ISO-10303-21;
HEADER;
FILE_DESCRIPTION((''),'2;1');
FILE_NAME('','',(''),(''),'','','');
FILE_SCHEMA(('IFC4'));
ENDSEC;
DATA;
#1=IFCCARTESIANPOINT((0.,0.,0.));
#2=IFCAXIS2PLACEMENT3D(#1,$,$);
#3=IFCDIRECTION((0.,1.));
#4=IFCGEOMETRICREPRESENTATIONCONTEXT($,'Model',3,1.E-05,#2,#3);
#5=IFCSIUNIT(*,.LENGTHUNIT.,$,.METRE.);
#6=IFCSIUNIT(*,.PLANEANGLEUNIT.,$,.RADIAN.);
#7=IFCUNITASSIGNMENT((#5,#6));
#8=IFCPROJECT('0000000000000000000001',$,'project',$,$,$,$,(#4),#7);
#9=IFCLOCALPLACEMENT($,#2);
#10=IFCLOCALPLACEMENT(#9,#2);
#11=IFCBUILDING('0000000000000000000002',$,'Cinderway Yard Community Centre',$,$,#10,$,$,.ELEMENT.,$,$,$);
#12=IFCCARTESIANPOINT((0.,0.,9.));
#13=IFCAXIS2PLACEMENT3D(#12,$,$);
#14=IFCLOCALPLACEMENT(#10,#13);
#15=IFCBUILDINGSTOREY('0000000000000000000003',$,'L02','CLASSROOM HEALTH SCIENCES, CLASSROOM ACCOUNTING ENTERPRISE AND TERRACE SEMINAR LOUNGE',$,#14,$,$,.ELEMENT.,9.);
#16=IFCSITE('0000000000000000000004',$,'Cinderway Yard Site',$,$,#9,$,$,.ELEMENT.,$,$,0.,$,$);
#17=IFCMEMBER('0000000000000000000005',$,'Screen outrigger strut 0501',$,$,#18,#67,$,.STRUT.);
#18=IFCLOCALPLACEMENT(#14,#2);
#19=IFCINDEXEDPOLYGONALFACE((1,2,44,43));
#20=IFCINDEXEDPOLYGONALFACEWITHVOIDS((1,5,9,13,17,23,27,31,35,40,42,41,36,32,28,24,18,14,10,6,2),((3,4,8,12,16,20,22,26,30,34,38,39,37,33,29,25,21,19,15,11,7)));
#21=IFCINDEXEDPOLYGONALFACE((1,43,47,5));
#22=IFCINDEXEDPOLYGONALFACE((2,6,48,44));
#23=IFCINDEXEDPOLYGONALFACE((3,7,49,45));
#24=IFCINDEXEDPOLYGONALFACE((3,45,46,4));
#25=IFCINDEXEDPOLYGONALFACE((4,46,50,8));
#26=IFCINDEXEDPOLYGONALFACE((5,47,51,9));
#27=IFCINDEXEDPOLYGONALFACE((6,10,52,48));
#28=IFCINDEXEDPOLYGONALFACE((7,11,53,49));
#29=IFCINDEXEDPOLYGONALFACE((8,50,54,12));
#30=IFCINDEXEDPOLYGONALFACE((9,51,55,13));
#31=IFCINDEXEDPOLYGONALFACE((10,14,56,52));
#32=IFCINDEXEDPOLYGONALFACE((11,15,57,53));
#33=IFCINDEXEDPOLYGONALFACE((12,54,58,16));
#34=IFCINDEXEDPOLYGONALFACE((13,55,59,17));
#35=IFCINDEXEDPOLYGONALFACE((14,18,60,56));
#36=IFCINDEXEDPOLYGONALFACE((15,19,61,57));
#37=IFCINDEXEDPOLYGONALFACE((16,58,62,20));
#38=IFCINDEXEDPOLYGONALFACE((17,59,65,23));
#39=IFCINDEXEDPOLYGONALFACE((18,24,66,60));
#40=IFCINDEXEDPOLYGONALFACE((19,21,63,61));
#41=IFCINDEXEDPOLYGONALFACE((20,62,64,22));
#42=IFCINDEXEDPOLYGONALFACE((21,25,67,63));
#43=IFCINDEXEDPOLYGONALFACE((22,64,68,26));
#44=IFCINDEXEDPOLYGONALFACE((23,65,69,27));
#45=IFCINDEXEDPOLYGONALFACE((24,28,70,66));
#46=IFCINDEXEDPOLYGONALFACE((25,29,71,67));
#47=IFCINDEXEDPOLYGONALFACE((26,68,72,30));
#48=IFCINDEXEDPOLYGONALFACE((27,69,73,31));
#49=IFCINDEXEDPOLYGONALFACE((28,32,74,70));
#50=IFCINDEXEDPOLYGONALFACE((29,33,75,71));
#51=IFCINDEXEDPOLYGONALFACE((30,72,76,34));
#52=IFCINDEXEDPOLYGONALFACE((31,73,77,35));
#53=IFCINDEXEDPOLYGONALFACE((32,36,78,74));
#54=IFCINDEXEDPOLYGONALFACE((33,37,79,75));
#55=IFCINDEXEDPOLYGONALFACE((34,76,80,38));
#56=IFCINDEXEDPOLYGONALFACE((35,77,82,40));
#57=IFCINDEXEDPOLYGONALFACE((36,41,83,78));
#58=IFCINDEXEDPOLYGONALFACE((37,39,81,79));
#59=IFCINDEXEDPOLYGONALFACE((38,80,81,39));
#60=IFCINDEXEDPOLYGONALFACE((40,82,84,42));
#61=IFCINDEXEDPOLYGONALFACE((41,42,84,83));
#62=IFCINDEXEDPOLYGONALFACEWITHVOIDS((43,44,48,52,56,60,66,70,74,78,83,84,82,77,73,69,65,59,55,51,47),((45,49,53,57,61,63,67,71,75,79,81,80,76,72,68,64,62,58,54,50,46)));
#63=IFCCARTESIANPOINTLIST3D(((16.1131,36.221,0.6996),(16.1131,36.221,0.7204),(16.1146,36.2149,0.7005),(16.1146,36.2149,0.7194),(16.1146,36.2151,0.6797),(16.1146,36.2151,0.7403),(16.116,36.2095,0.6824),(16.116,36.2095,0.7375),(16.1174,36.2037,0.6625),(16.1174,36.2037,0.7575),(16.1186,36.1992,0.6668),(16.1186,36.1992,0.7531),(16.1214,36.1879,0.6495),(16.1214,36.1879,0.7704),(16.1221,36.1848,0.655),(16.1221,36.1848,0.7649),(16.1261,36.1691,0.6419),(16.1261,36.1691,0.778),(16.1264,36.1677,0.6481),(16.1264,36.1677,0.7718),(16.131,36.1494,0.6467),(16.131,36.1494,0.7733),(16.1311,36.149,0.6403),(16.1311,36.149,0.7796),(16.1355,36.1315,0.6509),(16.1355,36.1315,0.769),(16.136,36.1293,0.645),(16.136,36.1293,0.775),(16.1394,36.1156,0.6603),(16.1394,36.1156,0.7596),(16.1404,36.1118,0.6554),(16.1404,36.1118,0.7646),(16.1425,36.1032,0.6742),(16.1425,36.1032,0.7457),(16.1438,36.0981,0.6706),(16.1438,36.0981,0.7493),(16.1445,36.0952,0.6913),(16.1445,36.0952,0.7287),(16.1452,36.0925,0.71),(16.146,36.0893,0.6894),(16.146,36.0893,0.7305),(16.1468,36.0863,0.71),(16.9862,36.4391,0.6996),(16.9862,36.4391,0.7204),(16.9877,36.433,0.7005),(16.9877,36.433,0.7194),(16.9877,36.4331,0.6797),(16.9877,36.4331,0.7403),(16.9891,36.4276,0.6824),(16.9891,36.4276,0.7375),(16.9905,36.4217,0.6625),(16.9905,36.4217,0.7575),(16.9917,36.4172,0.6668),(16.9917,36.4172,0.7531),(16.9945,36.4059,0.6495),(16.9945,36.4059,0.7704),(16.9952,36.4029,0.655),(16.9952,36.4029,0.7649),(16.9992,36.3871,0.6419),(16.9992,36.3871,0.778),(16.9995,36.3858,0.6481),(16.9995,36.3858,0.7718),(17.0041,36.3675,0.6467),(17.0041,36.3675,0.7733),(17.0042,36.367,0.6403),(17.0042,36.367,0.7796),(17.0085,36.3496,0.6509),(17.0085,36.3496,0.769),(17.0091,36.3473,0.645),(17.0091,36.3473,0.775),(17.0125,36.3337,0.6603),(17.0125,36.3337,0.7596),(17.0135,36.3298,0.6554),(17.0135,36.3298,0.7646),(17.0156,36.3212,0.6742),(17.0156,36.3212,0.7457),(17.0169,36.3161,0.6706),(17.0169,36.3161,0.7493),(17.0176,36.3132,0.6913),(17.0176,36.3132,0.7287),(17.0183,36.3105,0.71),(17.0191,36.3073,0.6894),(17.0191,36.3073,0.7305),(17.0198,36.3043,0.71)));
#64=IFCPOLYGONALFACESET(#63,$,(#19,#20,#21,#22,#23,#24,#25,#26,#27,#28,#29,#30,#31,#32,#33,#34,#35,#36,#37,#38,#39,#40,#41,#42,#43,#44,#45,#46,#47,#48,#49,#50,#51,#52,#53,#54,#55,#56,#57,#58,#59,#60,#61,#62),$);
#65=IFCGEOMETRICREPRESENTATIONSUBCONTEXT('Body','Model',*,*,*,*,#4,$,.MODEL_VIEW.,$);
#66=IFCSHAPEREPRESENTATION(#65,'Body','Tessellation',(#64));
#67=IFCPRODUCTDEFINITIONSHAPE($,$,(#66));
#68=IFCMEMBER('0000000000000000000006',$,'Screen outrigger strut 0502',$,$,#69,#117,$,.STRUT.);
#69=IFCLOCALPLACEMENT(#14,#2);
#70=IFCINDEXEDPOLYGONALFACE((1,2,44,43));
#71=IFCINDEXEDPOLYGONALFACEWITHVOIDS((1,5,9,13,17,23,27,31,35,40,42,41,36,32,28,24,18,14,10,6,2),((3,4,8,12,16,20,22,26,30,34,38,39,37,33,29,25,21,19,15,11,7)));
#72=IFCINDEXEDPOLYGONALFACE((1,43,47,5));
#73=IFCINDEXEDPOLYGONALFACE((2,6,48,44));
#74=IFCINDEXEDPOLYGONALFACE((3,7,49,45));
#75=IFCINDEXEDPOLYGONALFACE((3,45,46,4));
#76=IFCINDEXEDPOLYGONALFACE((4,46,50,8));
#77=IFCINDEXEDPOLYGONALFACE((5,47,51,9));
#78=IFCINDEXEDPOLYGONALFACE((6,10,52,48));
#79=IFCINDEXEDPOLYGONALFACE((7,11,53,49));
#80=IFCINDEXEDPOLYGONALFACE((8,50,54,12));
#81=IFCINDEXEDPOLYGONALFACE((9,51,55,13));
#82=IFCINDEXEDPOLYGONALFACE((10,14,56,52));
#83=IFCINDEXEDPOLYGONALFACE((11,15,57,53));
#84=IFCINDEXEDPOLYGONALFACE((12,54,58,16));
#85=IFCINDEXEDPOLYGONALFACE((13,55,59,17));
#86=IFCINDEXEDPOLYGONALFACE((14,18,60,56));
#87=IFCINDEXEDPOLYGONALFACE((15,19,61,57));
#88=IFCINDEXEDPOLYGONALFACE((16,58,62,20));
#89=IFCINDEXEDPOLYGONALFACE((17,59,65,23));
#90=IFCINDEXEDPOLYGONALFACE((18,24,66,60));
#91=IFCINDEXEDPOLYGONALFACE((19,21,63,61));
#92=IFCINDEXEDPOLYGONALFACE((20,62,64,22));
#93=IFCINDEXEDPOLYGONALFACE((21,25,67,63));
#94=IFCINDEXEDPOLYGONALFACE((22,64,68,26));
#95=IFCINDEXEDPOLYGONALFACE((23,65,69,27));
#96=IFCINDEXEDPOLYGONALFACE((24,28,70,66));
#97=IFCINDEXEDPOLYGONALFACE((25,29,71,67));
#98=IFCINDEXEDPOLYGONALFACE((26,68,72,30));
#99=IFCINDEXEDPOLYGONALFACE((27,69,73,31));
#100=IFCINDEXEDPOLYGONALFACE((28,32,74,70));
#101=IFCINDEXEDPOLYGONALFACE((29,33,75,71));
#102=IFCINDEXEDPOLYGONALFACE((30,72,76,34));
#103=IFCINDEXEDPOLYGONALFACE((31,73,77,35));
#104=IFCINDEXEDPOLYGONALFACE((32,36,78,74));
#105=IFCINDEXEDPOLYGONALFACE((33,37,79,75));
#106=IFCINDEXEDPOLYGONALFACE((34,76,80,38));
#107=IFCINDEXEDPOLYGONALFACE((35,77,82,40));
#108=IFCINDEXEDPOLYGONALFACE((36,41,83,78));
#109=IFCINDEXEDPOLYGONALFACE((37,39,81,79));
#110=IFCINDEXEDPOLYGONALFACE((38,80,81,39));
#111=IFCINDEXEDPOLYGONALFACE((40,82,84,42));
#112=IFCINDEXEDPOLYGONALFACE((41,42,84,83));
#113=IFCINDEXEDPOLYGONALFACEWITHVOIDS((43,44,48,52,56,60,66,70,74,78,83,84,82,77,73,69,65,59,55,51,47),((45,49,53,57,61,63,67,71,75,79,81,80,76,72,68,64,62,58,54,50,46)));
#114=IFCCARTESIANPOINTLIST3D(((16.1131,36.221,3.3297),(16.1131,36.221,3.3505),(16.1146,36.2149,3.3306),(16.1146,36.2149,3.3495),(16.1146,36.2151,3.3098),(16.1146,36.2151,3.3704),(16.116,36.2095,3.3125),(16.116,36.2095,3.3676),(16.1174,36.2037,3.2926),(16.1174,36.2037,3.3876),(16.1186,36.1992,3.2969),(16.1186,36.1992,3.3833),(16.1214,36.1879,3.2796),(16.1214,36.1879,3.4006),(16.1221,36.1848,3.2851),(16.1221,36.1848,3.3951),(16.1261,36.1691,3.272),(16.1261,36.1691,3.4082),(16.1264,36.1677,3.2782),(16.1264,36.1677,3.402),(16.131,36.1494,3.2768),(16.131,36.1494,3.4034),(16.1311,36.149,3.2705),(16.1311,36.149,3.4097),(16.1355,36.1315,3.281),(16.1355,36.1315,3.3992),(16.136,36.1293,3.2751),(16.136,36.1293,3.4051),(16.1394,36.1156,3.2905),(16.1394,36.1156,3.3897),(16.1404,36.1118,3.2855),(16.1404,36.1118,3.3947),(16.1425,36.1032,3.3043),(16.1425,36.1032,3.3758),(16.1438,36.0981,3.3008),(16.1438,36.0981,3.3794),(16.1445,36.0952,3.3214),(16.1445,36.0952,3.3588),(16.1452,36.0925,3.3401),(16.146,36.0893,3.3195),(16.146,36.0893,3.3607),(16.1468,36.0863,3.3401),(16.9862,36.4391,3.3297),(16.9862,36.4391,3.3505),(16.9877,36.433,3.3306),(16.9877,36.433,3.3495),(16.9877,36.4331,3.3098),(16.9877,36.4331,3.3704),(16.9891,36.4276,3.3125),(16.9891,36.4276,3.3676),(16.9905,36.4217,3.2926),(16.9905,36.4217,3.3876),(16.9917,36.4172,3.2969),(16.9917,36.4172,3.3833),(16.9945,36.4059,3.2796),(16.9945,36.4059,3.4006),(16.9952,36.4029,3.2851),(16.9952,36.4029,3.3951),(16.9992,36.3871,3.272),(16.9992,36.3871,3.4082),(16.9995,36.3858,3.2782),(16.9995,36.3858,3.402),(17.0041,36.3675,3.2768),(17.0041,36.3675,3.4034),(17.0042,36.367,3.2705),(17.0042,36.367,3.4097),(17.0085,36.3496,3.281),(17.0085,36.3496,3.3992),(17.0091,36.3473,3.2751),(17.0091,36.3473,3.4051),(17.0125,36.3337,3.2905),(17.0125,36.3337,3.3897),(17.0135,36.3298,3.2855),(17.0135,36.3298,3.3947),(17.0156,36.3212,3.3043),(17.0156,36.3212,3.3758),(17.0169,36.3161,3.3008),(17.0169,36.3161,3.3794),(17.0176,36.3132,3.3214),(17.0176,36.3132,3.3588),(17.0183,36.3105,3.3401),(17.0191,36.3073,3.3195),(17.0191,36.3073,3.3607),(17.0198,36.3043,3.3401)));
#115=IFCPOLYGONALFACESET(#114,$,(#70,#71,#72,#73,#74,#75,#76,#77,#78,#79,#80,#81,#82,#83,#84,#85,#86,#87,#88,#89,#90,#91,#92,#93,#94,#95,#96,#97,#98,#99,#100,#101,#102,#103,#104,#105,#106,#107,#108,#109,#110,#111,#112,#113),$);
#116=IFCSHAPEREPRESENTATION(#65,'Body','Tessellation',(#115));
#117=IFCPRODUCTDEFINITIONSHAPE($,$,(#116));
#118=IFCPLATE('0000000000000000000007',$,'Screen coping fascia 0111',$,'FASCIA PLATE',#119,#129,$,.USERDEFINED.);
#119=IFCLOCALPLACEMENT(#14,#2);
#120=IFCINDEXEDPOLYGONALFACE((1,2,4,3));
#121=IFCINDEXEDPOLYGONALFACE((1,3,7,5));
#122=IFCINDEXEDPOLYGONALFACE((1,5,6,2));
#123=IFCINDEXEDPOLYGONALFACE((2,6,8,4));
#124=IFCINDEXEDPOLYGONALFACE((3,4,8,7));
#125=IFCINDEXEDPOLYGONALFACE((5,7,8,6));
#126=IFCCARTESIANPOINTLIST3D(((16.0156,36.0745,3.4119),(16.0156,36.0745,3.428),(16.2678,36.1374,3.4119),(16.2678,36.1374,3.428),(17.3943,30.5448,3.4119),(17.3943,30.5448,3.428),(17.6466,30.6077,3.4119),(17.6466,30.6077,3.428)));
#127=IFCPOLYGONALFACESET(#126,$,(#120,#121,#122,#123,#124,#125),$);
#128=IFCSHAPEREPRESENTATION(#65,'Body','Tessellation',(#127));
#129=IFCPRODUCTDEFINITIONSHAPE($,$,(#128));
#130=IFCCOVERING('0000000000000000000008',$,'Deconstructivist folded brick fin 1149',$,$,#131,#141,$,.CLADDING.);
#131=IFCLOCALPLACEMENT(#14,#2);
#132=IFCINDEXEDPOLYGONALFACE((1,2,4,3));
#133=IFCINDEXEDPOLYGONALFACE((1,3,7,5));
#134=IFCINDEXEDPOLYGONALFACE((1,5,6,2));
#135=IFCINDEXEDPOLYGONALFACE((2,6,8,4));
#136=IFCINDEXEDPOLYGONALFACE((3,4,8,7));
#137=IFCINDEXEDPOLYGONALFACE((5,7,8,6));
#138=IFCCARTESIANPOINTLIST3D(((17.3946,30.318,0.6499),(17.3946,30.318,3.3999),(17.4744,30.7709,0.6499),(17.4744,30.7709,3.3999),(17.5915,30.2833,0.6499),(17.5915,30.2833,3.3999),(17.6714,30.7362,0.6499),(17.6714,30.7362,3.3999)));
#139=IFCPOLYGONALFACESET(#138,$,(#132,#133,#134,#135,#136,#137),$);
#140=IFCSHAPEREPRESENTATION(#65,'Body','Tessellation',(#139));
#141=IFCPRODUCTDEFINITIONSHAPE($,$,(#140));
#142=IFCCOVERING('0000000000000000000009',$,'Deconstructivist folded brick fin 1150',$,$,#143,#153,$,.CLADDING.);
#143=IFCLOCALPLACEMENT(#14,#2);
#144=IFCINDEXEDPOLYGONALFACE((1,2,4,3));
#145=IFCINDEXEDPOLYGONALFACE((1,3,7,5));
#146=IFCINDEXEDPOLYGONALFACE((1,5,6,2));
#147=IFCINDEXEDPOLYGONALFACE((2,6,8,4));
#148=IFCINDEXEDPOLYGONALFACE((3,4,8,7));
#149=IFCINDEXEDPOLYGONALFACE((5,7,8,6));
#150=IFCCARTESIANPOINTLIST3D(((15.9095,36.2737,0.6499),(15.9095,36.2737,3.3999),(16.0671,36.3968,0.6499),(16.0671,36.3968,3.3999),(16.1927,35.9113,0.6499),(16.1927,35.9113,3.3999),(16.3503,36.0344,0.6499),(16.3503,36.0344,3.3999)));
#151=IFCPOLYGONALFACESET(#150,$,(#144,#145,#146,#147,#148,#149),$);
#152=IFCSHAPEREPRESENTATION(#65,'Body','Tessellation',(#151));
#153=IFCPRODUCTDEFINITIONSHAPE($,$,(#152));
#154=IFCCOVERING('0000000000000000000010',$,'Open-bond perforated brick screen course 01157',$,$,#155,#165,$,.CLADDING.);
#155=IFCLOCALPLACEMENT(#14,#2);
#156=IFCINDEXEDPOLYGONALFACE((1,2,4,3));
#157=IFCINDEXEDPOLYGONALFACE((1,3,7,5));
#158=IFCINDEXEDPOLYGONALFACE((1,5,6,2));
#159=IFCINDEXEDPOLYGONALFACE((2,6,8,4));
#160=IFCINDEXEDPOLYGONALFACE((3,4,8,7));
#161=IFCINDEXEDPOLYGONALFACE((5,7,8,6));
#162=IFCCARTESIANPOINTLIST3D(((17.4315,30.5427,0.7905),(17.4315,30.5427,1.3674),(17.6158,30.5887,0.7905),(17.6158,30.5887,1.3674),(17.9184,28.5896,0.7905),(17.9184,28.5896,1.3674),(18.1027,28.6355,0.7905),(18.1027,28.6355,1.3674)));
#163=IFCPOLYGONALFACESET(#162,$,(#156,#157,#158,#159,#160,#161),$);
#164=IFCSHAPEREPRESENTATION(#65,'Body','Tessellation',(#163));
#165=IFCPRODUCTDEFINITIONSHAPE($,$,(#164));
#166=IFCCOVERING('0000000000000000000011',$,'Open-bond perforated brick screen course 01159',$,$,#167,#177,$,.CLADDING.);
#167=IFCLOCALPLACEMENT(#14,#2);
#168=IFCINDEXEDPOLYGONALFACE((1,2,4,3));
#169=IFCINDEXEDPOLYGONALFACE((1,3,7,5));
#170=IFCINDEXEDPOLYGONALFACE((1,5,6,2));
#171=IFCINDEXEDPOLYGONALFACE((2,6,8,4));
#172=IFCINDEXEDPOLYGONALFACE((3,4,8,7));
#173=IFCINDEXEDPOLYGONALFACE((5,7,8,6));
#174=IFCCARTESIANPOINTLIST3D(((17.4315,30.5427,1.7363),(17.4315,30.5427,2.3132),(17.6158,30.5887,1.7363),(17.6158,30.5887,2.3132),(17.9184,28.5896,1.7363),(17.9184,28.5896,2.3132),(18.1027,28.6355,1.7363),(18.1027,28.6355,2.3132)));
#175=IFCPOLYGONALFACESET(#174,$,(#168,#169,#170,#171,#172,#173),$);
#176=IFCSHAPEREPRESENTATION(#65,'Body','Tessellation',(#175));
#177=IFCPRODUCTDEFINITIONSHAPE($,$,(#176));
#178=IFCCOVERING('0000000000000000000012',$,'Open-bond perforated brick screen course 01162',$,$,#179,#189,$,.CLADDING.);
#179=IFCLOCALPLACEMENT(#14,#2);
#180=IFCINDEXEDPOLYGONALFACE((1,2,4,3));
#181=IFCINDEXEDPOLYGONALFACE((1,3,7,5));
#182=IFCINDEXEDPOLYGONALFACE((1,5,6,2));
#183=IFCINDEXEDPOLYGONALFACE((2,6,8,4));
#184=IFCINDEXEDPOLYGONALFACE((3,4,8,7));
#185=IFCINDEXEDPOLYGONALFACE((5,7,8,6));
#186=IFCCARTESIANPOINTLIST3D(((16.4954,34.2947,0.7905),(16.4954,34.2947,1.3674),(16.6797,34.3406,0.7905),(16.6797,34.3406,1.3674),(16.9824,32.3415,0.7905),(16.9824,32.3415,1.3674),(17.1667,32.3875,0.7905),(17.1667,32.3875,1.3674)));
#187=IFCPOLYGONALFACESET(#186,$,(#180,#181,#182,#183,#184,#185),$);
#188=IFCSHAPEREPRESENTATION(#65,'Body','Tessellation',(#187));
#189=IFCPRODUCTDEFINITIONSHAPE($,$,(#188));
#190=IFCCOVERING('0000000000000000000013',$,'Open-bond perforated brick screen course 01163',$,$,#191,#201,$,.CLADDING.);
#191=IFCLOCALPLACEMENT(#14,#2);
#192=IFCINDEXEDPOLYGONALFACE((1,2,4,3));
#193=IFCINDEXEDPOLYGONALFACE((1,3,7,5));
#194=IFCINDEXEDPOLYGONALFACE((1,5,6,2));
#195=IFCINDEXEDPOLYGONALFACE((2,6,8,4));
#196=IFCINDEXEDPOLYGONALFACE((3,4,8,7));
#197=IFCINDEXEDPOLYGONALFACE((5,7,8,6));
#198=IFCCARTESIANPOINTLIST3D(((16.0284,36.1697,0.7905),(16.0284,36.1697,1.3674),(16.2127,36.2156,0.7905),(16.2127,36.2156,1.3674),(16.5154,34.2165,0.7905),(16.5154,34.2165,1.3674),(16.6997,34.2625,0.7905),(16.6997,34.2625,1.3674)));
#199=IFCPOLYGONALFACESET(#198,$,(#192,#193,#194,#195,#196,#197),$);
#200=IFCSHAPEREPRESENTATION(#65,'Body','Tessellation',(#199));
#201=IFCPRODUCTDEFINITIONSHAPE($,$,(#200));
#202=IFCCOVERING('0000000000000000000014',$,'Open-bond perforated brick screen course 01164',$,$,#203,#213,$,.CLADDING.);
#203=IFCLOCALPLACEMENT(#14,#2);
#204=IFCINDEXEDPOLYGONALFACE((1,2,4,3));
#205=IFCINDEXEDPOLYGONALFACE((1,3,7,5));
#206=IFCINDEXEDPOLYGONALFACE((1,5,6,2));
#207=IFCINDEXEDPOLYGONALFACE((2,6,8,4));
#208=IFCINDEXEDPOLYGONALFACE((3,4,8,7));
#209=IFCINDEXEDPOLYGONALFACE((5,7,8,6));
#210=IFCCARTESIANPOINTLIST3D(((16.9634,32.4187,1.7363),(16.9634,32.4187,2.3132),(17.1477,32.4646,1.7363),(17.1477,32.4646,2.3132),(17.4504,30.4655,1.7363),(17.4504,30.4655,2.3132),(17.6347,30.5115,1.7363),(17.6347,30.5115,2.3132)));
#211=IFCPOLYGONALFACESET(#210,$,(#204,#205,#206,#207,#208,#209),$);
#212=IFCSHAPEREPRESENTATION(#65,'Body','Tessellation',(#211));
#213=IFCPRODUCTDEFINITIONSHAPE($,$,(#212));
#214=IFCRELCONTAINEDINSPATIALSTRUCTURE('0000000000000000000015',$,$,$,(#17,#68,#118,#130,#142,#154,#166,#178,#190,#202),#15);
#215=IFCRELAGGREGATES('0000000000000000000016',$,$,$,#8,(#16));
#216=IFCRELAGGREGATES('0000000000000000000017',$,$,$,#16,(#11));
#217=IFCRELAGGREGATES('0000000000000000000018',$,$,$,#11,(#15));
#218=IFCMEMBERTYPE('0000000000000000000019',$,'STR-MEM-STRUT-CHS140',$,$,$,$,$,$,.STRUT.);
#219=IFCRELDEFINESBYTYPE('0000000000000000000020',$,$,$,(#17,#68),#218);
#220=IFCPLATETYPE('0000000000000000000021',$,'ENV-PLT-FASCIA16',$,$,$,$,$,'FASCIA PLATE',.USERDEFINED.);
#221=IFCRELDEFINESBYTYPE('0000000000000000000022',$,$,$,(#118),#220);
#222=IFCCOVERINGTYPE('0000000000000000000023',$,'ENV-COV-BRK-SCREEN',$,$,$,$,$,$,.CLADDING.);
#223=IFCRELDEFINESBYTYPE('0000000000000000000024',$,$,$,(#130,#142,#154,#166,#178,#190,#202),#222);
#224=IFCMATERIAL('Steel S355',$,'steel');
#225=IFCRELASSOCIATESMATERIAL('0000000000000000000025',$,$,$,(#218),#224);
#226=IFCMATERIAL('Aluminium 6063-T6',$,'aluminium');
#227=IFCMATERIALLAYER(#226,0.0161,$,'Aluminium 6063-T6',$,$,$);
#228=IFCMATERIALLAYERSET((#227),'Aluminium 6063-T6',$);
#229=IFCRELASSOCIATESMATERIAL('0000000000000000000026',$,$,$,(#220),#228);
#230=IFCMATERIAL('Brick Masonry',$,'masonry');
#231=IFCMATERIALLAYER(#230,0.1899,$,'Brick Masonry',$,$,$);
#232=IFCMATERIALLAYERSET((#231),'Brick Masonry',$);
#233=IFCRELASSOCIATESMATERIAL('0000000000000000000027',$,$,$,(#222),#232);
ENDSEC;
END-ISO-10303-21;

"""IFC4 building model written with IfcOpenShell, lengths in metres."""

from ifc_helpers import new_model, si_unit, direction, frame, origin, origin_2d, place, context, subcontext, project, spatial, rectangle, hollow_circle, extrude, material, layer, layer_set, material_profile, profile_set, type_object, element, save


model = new_model("IFC4")

# Units and contexts
model_context = context("Model", 3, precision=1e-05, world=origin(), true_north=direction((0.0, 1.0)))
body_context = subcontext(model_context, "Body", "Model", "MODEL_VIEW")
ifc_project = project(units=[si_unit("LENGTHUNIT", "METRE"), si_unit("PLANEANGLEUNIT", "RADIAN")], contexts=[model_context])

# Site, building, storey
site_placement = place(None, origin())
site = spatial("IfcSite", under=ifc_project, at=site_placement, Name="Cinderway Yard Site", CompositionType="ELEMENT", RefElevation=0.0)
building_placement = place(site_placement, origin())
building = spatial("IfcBuilding", under=site, at=building_placement, Name="Cinderway Yard Community Centre", CompositionType="ELEMENT")
storey_placement = place(building_placement, frame((0.0, 0.0, 9.0)))
storey = spatial("IfcBuildingStorey", under=building, at=storey_placement, Name="L02", Description="CLASSROOM HEALTH SCIENCES, CLASSROOM ACCOUNTING ENTERPRISE AND TERRACE SEMINAR LOUNGE", CompositionType="ELEMENT", Elevation=9.0)

# Shared definitions
ifc_material_1 = material(Name="Steel S355", Category="steel")

# Members
ifc_material_profile_1 = material_profile(ifc_material_1, hollow_circle(Radius=0.0698, WallThickness=0.0063, at=origin_2d()), Name="Steel S355")
ifc_profile_set_1 = profile_set([ifc_material_profile_1], Name="Steel S355")
member_type_1 = type_object("IfcMemberType", Name="STR-MEM-STRUT-CHS140", PredefinedType="STRUT", material=ifc_profile_set_1)
for number, where, z_axis, x_axis, name in (
    (1, (17.0029, 36.3721, 0.71), (-0.970206, -0.24228, 0.0), (0.24228, -0.970206, 0.0), "Screen outrigger strut 0501"),
    (2, (17.0029, 36.3721, 3.3401), (-0.970206, -0.24228, 0.0), (0.24228, -0.970206, 0.0), "Screen outrigger strut 0502"),
):
    element("IfcMember", number, at=place(storey_placement, frame(where, z_axis=z_axis, x_axis=x_axis)), inside=storey, type_object=member_type_1, Name=name, PredefinedType="STRUT", context=body_context, shape_type="SweptSolid", body=[
        extrude(hollow_circle(Radius=0.0698, WallThickness=0.0063, at=origin_2d()), origin(), (0.0, 0.0, 1.0), 0.8999),
    ])

# Plate
ifc_material_2 = material(Name="Aluminium 6063-T6", Category="aluminium")
ifc_layer_1 = layer(ifc_material_2, 0.0161, Name="Aluminium 6063-T6")
ifc_layer_set_1 = layer_set([ifc_layer_1], Name="Aluminium 6063-T6")
plate_type = type_object("IfcPlateType", Name="ENV-PLT-FASCIA16", ElementType="FASCIA PLATE", PredefinedType="USERDEFINED", material=ifc_layer_set_1)
plate_placement = place(storey_placement, frame((16.8311, 33.3411, 3.4119), z_axis=(0.0, 0.0, 1.0), x_axis=(-0.241922, 0.970296, 0.0)))
element("IfcPlate", 3, at=plate_placement, inside=storey, type_object=plate_type, Name="Screen coping fascia 0111", ObjectType="FASCIA PLATE", PredefinedType="USERDEFINED", context=body_context, shape_type="SweptSolid", body=[
    extrude(rectangle(XDim=5.699, YDim=0.26, at=origin_2d()), origin(), (0.0, 0.0, 1.0), 0.0161),
])

# Coverings
ifc_material_3 = material(Name="Brick Masonry", Category="masonry")
ifc_layer_2 = layer(ifc_material_3, 0.1899, Name="Brick Masonry")
ifc_layer_set_2 = layer_set([ifc_layer_2], Name="Brick Masonry")
covering_type = type_object("IfcCoveringType", Name="ENV-COV-BRK-SCREEN", PredefinedType="CLADDING", material=ifc_layer_set_2)
for number, where, z_axis, x_axis, name in (
    (4, (17.533, 30.5271, 0.6499), (0.0, 0.0, 1.0), (0.173648, 0.984808, 0.0), "Deconstructivist folded brick fin 1149"),
    (5, (16.1299, 36.1541, 0.6499), (0.0, 0.0, 1.0), (-0.615661, 0.788011, 0.0), "Deconstructivist folded brick fin 1150"),
):
    element("IfcCovering", number, at=place(storey_placement, frame(where, z_axis=z_axis, x_axis=x_axis)), inside=storey, type_object=covering_type, Name=name, PredefinedType="CLADDING", context=body_context, shape_type="SweptSolid", body=[
        extrude(rectangle(XDim=0.46, YDim=0.2, at=origin_2d()), origin(), (0.0, 0.0, 1.0), 2.75),
    ])
for number, where, z_axis, x_axis, name in (
    (6, (17.7671, 29.5891, 0.7905), (0.0, 0.0, 1.0), (-0.241922, 0.970296, 0.0), "Open-bond perforated brick screen course 01157"),
    (7, (17.7671, 29.5891, 1.7363), (0.0, 0.0, 1.0), (-0.241922, 0.970296, 0.0), "Open-bond perforated brick screen course 01159"),
    (8, (16.8311, 33.3411, 0.7905), (0.0, 0.0, 1.0), (-0.241922, 0.970296, 0.0), "Open-bond perforated brick screen course 01162"),
    (9, (16.364, 35.2161, 0.7905), (0.0, 0.0, 1.0), (-0.241922, 0.970296, 0.0), "Open-bond perforated brick screen course 01163"),
    (10, (17.2991, 31.4651, 1.7363), (0.0, 0.0, 1.0), (-0.241922, 0.970296, 0.0), "Open-bond perforated brick screen course 01164"),
):
    element("IfcCovering", number, at=place(storey_placement, frame(where, z_axis=z_axis, x_axis=x_axis)), inside=storey, type_object=covering_type, Name=name, PredefinedType="CLADDING", context=body_context, shape_type="SweptSolid", body=[
        extrude(rectangle(XDim=2.0129, YDim=0.1899, at=origin_2d()), origin(), (0.0, 0.0, 1.0), 0.5769),
    ])

save(model, "model.ifc")
